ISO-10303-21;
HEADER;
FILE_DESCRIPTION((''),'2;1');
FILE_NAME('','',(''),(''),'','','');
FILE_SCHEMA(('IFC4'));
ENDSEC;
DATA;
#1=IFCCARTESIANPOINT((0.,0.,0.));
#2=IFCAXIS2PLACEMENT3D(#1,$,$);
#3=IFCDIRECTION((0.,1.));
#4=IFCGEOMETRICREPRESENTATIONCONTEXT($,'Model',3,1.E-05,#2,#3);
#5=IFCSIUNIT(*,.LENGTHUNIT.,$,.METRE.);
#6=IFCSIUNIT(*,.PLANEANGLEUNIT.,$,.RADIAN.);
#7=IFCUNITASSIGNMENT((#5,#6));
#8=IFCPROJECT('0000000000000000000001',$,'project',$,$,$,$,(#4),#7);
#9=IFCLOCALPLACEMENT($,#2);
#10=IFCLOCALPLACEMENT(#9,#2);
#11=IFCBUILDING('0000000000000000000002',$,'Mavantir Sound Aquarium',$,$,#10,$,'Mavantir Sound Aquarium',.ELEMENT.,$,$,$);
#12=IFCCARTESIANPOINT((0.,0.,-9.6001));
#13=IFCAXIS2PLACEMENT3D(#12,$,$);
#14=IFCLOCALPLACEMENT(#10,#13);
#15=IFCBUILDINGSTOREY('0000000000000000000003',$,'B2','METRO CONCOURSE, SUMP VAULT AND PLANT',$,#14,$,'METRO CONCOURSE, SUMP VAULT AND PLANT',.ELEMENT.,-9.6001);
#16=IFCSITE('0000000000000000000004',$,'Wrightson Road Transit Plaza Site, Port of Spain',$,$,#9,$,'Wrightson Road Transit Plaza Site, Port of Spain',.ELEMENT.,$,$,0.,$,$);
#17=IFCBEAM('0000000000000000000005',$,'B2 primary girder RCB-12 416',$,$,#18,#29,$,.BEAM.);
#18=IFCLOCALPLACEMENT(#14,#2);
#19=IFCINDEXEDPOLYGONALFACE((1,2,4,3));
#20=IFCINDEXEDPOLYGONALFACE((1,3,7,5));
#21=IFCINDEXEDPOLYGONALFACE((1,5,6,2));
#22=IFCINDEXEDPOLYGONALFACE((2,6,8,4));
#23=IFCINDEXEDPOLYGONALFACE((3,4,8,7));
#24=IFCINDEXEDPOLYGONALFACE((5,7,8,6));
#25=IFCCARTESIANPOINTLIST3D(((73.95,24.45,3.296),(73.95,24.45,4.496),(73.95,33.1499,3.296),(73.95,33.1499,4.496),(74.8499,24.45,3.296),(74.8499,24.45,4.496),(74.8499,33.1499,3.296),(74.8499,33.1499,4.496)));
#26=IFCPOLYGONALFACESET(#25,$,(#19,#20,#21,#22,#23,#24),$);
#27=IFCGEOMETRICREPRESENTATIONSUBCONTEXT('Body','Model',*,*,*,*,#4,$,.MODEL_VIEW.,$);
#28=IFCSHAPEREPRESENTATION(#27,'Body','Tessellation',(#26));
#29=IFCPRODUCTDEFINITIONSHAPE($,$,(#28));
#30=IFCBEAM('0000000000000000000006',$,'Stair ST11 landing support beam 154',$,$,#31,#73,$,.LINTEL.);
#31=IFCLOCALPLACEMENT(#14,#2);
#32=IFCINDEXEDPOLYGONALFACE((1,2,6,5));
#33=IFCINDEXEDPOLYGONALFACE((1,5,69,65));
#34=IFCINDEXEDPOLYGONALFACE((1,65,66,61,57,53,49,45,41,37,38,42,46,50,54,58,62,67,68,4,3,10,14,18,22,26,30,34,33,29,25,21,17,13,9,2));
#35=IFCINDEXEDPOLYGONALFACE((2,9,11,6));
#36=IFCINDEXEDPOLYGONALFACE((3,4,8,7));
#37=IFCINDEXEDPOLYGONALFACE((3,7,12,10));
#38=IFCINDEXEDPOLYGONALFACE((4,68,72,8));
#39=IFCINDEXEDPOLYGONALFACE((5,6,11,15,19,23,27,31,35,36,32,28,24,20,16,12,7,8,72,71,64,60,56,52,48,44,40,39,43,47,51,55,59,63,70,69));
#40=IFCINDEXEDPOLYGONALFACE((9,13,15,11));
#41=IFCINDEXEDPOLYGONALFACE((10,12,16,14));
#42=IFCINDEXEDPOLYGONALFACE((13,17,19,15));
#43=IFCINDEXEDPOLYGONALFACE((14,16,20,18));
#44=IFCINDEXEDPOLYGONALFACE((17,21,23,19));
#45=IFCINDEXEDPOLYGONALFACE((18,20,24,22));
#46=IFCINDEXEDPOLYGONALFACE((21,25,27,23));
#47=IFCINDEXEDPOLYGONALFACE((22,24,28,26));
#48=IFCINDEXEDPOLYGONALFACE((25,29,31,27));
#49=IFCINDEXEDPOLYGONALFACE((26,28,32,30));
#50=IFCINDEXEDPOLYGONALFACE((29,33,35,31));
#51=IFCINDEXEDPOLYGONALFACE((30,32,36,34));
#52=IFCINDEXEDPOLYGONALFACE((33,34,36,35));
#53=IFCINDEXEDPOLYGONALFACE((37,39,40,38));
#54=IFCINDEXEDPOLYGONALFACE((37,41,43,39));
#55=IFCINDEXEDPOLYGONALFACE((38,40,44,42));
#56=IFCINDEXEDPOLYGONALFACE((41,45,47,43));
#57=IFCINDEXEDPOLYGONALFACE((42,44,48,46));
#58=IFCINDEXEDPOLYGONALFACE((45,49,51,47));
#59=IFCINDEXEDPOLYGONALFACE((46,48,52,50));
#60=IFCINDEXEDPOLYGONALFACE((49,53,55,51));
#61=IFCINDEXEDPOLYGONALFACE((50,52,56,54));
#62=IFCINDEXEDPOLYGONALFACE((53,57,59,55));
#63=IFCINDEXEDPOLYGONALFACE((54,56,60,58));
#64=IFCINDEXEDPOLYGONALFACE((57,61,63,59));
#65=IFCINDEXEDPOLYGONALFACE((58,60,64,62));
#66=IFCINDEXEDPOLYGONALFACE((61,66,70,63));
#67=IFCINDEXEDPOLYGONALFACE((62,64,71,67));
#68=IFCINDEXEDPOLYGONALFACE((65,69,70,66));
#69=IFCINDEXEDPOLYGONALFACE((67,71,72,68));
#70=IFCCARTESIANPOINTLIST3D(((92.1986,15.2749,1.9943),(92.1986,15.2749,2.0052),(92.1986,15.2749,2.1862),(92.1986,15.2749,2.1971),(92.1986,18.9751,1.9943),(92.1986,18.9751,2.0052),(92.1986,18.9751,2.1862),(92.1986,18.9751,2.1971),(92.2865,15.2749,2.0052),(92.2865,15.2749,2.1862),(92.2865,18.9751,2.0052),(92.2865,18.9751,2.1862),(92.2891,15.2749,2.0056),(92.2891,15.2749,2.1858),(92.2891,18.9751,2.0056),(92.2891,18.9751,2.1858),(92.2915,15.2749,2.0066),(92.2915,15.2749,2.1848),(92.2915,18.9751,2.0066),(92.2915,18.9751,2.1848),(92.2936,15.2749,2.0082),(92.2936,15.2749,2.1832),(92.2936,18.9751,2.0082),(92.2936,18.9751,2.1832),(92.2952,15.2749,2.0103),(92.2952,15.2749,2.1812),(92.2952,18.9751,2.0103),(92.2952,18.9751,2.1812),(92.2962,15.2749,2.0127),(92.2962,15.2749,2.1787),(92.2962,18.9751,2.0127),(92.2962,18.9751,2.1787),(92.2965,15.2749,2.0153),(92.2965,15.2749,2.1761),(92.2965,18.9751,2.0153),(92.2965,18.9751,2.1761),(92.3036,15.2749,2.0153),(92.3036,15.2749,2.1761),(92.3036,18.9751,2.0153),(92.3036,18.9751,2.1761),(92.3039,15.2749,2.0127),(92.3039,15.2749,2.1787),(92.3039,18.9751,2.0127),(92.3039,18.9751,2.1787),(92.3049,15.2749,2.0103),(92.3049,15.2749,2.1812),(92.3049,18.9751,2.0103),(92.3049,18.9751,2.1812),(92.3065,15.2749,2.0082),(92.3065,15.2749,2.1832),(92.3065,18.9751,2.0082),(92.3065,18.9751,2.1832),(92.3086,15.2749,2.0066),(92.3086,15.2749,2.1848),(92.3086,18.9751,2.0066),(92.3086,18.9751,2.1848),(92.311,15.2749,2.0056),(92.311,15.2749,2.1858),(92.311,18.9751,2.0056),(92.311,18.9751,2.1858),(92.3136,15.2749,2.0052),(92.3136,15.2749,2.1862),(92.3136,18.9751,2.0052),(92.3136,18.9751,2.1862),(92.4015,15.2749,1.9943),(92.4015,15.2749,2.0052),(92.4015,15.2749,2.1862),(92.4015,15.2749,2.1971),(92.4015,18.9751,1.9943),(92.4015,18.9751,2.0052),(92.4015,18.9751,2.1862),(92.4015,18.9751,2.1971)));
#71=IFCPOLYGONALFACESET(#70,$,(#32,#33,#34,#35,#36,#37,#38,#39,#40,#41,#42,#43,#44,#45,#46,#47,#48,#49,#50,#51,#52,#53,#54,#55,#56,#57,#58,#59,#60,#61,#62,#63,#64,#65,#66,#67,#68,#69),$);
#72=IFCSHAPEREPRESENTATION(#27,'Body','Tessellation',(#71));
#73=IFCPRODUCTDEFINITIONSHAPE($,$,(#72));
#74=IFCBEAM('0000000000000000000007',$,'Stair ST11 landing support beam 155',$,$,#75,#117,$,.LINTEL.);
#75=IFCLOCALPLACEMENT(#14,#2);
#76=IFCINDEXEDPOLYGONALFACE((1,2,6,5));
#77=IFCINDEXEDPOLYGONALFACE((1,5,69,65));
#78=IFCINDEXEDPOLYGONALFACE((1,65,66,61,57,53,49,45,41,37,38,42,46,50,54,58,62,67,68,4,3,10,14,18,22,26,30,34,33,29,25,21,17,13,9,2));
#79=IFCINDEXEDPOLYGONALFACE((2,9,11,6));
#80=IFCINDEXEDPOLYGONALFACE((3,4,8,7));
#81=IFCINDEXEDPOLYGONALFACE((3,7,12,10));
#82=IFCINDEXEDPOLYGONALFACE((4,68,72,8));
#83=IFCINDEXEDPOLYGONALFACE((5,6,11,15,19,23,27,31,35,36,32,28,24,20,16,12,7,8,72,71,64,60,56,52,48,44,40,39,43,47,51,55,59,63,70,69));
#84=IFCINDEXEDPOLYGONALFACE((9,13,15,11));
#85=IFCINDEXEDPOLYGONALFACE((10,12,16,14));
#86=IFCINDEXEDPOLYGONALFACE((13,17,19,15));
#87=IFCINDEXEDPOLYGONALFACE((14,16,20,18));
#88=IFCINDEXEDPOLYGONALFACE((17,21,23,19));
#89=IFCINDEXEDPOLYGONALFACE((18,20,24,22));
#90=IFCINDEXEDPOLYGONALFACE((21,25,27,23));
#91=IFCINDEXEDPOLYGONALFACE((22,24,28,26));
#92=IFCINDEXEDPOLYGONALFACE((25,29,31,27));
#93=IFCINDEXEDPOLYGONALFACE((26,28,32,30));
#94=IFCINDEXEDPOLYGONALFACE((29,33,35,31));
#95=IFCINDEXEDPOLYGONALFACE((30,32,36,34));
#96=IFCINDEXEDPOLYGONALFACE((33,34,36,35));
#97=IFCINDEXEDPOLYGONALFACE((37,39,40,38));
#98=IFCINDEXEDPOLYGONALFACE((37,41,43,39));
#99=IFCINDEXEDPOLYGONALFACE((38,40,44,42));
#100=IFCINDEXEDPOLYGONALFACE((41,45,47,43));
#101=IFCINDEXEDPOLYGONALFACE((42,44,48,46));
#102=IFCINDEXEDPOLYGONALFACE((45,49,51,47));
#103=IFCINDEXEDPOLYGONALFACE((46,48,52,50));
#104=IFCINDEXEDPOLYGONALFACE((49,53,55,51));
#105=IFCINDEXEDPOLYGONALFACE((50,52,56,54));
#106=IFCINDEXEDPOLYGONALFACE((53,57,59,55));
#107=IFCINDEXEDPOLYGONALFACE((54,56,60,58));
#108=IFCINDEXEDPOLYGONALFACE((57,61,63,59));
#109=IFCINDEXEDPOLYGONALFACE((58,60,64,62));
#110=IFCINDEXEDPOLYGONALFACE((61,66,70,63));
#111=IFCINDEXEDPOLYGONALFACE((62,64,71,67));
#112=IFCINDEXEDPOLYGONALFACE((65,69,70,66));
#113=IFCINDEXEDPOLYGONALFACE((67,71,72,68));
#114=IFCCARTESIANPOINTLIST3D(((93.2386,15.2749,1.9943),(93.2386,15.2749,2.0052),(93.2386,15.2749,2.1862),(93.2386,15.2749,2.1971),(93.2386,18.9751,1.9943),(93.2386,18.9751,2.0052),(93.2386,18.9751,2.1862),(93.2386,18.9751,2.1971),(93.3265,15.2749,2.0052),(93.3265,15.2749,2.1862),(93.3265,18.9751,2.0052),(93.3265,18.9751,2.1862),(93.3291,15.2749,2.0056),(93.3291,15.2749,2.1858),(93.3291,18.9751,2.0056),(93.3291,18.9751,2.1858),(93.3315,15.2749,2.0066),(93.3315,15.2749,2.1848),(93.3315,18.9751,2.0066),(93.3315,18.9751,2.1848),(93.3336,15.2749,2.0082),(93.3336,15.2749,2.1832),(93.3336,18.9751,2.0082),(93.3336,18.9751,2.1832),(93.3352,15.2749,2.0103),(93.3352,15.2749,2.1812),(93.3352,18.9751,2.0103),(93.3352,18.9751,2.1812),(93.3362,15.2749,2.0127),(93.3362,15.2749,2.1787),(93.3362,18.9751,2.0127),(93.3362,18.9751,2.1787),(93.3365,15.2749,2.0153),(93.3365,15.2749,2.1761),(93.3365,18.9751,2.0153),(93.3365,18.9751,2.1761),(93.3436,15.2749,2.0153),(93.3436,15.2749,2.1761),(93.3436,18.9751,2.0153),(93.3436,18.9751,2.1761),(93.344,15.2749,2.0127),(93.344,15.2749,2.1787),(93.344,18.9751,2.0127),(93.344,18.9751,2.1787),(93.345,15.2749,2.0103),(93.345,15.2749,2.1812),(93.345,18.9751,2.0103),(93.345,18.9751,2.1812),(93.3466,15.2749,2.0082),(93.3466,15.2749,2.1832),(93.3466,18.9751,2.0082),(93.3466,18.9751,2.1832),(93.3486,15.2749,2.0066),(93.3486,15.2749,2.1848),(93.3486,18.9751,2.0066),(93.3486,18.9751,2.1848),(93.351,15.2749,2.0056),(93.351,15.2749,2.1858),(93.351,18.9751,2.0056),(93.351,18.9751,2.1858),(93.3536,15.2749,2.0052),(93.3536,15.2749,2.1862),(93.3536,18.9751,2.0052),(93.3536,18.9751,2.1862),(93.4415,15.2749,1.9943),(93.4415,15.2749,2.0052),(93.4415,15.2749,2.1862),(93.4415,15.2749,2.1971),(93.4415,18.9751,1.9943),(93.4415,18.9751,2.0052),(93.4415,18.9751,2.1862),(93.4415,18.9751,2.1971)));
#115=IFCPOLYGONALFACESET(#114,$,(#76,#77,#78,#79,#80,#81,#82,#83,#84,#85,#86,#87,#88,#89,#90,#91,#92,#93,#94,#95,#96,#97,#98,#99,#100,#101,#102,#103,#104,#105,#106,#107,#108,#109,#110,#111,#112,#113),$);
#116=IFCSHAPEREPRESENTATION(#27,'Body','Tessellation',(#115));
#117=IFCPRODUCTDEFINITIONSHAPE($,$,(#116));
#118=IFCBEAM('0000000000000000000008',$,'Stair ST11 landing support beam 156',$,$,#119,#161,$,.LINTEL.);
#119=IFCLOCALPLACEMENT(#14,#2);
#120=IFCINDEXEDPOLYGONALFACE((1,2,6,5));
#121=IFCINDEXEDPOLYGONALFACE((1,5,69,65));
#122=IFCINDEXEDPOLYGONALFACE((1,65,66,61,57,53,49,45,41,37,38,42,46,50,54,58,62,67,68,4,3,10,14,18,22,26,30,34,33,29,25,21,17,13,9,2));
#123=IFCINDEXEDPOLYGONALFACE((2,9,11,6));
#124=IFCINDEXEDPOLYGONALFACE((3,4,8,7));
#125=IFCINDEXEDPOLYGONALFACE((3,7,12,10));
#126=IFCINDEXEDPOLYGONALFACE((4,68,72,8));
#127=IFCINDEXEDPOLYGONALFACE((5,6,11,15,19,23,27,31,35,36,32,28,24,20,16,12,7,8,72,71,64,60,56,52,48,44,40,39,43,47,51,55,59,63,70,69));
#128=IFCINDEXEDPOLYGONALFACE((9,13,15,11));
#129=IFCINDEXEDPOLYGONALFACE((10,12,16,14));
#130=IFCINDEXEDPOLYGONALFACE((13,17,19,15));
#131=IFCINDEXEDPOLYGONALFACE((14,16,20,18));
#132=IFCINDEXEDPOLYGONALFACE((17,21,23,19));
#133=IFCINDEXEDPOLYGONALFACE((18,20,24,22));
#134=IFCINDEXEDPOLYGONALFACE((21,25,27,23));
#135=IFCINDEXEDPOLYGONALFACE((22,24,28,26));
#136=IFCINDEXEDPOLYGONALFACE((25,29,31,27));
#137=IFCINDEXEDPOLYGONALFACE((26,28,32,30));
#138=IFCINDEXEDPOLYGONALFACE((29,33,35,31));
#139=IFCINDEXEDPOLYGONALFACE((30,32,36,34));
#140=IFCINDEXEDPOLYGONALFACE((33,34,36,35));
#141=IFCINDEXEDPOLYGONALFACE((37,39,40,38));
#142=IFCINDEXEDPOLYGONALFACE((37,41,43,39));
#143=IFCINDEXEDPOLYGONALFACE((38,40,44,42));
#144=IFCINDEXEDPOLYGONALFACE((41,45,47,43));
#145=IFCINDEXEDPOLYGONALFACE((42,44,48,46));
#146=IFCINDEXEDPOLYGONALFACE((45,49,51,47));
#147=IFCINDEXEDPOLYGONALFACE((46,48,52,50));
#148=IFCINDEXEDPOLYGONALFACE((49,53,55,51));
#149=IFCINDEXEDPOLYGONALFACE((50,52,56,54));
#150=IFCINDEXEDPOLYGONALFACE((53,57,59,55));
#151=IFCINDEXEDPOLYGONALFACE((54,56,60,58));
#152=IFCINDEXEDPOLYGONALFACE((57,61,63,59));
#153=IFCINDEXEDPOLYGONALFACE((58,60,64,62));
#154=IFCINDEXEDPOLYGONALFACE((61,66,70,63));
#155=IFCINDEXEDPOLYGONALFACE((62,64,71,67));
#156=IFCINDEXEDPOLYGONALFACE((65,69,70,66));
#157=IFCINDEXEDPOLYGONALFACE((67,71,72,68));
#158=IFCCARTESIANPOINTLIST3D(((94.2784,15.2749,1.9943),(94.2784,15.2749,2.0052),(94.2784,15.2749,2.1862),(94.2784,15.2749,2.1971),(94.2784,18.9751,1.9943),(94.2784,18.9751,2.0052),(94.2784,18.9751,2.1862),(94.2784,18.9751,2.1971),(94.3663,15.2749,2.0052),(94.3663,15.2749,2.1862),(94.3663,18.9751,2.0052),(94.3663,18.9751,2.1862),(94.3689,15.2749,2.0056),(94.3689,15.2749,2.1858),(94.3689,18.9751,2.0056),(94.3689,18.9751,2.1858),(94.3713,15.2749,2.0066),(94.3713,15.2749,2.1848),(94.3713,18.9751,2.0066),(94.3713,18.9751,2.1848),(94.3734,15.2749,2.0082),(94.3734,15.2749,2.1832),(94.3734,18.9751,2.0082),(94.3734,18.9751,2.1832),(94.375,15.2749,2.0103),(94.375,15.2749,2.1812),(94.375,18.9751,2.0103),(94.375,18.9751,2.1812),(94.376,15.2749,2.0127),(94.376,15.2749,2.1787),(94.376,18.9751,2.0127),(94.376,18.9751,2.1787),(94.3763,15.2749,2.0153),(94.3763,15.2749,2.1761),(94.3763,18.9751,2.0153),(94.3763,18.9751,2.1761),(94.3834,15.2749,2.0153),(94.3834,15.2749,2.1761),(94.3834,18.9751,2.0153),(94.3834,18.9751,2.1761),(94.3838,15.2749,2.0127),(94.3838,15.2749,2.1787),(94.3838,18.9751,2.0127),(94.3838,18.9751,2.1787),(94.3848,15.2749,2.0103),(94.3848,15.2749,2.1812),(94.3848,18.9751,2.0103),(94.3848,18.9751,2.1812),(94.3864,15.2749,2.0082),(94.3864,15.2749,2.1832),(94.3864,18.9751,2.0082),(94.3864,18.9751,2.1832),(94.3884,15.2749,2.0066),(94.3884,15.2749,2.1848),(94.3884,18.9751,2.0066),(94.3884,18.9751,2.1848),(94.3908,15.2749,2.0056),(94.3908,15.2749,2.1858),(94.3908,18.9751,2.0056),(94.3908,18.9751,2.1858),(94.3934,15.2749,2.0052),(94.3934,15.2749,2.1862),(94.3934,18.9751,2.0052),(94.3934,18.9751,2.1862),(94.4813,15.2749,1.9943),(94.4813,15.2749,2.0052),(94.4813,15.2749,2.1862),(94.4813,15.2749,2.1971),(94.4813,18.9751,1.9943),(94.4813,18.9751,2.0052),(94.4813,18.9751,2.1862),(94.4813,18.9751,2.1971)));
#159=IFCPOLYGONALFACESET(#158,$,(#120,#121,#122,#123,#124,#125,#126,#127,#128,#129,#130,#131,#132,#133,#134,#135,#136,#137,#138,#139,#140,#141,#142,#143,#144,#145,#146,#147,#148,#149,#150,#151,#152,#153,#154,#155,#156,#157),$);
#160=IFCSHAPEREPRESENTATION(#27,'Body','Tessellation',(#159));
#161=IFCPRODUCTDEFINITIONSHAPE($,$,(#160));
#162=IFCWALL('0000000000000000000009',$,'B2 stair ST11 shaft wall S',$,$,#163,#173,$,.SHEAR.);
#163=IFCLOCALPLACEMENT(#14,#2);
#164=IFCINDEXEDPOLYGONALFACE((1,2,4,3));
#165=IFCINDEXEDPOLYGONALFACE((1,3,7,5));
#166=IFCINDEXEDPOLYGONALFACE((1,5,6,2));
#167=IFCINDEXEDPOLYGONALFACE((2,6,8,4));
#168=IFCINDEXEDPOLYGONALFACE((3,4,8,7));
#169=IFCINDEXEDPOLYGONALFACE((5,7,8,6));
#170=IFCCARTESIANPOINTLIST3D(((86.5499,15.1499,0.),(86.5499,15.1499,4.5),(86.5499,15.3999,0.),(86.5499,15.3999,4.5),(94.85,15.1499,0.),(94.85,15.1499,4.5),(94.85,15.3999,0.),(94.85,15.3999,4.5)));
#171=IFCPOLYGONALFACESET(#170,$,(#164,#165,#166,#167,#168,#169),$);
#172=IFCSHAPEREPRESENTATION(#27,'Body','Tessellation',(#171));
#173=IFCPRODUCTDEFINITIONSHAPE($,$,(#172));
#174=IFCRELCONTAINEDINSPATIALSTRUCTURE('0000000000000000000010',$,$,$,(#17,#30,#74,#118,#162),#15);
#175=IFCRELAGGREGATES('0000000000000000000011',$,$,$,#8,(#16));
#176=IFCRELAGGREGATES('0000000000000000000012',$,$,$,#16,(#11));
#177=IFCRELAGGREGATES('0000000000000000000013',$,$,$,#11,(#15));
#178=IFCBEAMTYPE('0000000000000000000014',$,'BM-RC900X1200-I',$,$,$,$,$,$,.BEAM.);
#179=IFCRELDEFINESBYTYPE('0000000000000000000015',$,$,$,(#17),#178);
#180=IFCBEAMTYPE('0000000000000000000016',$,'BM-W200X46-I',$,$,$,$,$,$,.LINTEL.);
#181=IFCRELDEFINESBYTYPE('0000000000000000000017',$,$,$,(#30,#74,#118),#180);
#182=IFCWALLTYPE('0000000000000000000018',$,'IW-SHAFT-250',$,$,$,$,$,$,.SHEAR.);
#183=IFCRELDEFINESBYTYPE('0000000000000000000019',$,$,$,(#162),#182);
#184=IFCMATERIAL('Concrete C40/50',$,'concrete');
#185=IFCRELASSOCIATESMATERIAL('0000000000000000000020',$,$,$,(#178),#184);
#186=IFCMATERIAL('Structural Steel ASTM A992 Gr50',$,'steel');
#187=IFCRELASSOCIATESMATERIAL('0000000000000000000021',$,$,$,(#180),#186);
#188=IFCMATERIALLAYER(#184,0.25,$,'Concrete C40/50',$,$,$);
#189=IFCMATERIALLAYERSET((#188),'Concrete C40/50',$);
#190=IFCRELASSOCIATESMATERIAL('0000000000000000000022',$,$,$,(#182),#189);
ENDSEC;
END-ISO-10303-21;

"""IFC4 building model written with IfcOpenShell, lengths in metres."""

from ifc_helpers import new_model, si_unit, direction, frame, frame_2d, origin, origin_2d, place, context, subcontext, project, spatial, rectangle, i_section, extrude, material, layer, layer_set, material_profile, profile_set, type_object, element, save


model = new_model("IFC4")

# Units and contexts
model_context = context("Model", 3, precision=1e-05, world=origin(), true_north=direction((0.0, 1.0)))
body_context = subcontext(model_context, "Body", "Model", "MODEL_VIEW")
ifc_project = project(units=[si_unit("LENGTHUNIT", "METRE"), si_unit("PLANEANGLEUNIT", "RADIAN")], contexts=[model_context])

# Site, building, storey
site_placement = place(None, origin())
site = spatial("IfcSite", under=ifc_project, at=site_placement, Name="Wrightson Road Transit Plaza Site, Port of Spain", LongName="Wrightson Road Transit Plaza Site, Port of Spain", CompositionType="ELEMENT", RefElevation=0.0)
building_placement = place(site_placement, origin())
building = spatial("IfcBuilding", under=site, at=building_placement, Name="Mavantir Sound Aquarium", LongName="Mavantir Sound Aquarium", CompositionType="ELEMENT")
storey_placement = place(building_placement, frame((0.0, 0.0, -9.6001)))
storey = spatial("IfcBuildingStorey", under=building, at=storey_placement, Name="B2", Description="METRO CONCOURSE, SUMP VAULT AND PLANT", LongName="METRO CONCOURSE, SUMP VAULT AND PLANT", CompositionType="ELEMENT", Elevation=-9.6001)

# Shared definitions
ifc_material_1 = material(Name="Concrete C40/50", Category="concrete")

# Beams
ifc_material_profile_1 = material_profile(ifc_material_1, rectangle(XDim=0.8999, YDim=1.2, at=origin_2d()), Name="RC 900X1200")
ifc_profile_set_1 = profile_set([ifc_material_profile_1], Name="Concrete C40/50")
beam_type_1 = type_object("IfcBeamType", Name="BM-RC900X1200-I", PredefinedType="BEAM", material=ifc_profile_set_1)
for number, where, z_axis, x_axis, name in (
    (1, (74.3999, 24.45, 3.896), (0.0, 1.0, 0.0), (-1.0, 0.0, 0.0), "B2 primary girder RCB-12 416"),
):
    element("IfcBeam", number, at=place(storey_placement, frame(where, z_axis=z_axis, x_axis=x_axis)), inside=storey, type_object=beam_type_1, Name=name, PredefinedType="BEAM", context=body_context, shape_type="SweptSolid", body=[
        extrude(rectangle(XDim=0.8999, YDim=1.2, at=origin_2d()), origin(), (0.0, 0.0, 1.0), 8.7),
    ])
ifc_material_2 = material(Name="Structural Steel ASTM A992 Gr50", Category="steel")
ifc_material_profile_2 = material_profile(ifc_material_2, i_section(OverallWidth=0.2029, OverallDepth=0.2029, WebThickness=0.0071, FlangeThickness=0.011, FilletRadius=0.01, at=origin_2d()), Name="W200X46")
ifc_profile_set_2 = profile_set([ifc_material_profile_2], Name="Structural Steel ASTM A992 Gr50")
beam_type_2 = type_object("IfcBeamType", Name="BM-W200X46-I", PredefinedType="LINTEL", material=ifc_profile_set_2)
for number, where, z_axis, x_axis, name in (
    (2, (92.3, 15.2749, 2.0957), (0.0, 1.0, 0.0), (-1.0, 0.0, 0.0), "Stair ST11 landing support beam 154"),
    (3, (93.3401, 15.2749, 2.0957), (0.0, 1.0, 0.0), (-1.0, 0.0, 0.0), "Stair ST11 landing support beam 155"),
    (4, (94.3799, 15.2749, 2.0957), (0.0, 1.0, 0.0), (-1.0, 0.0, 0.0), "Stair ST11 landing support beam 156"),
):
    element("IfcBeam", number, at=place(storey_placement, frame(where, z_axis=z_axis, x_axis=x_axis)), inside=storey, type_object=beam_type_2, Name=name, PredefinedType="LINTEL", context=body_context, shape_type="SweptSolid", body=[
        extrude(i_section(OverallWidth=0.2029, OverallDepth=0.2029, WebThickness=0.0071, FlangeThickness=0.011, FilletRadius=0.01, at=origin_2d()), origin(), (0.0, 0.0, 1.0), 3.7002),
    ])

# Wall
ifc_layer = layer(ifc_material_1, 0.25, Name="Concrete C40/50")
ifc_layer_set = layer_set([ifc_layer], Name="Concrete C40/50")
wall_type = type_object("IfcWallType", Name="IW-SHAFT-250", PredefinedType="SHEAR", material=ifc_layer_set)
wall_1_placement = place(storey_placement, frame((86.55, 15.2749, 0.0), z_axis=(0.0, 0.0, 1.0), x_axis=(1.0, 0.0, 0.0)))
element("IfcWall", 5, at=wall_1_placement, inside=storey, type_object=wall_type, Name="B2 stair ST11 shaft wall S", PredefinedType="SHEAR", context=body_context, shape_type="SweptSolid", body=[
    extrude(rectangle(XDim=8.3, YDim=0.25, at=frame_2d((4.1499, 0.0))), origin(), (0.0, 0.0, 1.0), 4.5),
])

save(model, "model.ifc")
